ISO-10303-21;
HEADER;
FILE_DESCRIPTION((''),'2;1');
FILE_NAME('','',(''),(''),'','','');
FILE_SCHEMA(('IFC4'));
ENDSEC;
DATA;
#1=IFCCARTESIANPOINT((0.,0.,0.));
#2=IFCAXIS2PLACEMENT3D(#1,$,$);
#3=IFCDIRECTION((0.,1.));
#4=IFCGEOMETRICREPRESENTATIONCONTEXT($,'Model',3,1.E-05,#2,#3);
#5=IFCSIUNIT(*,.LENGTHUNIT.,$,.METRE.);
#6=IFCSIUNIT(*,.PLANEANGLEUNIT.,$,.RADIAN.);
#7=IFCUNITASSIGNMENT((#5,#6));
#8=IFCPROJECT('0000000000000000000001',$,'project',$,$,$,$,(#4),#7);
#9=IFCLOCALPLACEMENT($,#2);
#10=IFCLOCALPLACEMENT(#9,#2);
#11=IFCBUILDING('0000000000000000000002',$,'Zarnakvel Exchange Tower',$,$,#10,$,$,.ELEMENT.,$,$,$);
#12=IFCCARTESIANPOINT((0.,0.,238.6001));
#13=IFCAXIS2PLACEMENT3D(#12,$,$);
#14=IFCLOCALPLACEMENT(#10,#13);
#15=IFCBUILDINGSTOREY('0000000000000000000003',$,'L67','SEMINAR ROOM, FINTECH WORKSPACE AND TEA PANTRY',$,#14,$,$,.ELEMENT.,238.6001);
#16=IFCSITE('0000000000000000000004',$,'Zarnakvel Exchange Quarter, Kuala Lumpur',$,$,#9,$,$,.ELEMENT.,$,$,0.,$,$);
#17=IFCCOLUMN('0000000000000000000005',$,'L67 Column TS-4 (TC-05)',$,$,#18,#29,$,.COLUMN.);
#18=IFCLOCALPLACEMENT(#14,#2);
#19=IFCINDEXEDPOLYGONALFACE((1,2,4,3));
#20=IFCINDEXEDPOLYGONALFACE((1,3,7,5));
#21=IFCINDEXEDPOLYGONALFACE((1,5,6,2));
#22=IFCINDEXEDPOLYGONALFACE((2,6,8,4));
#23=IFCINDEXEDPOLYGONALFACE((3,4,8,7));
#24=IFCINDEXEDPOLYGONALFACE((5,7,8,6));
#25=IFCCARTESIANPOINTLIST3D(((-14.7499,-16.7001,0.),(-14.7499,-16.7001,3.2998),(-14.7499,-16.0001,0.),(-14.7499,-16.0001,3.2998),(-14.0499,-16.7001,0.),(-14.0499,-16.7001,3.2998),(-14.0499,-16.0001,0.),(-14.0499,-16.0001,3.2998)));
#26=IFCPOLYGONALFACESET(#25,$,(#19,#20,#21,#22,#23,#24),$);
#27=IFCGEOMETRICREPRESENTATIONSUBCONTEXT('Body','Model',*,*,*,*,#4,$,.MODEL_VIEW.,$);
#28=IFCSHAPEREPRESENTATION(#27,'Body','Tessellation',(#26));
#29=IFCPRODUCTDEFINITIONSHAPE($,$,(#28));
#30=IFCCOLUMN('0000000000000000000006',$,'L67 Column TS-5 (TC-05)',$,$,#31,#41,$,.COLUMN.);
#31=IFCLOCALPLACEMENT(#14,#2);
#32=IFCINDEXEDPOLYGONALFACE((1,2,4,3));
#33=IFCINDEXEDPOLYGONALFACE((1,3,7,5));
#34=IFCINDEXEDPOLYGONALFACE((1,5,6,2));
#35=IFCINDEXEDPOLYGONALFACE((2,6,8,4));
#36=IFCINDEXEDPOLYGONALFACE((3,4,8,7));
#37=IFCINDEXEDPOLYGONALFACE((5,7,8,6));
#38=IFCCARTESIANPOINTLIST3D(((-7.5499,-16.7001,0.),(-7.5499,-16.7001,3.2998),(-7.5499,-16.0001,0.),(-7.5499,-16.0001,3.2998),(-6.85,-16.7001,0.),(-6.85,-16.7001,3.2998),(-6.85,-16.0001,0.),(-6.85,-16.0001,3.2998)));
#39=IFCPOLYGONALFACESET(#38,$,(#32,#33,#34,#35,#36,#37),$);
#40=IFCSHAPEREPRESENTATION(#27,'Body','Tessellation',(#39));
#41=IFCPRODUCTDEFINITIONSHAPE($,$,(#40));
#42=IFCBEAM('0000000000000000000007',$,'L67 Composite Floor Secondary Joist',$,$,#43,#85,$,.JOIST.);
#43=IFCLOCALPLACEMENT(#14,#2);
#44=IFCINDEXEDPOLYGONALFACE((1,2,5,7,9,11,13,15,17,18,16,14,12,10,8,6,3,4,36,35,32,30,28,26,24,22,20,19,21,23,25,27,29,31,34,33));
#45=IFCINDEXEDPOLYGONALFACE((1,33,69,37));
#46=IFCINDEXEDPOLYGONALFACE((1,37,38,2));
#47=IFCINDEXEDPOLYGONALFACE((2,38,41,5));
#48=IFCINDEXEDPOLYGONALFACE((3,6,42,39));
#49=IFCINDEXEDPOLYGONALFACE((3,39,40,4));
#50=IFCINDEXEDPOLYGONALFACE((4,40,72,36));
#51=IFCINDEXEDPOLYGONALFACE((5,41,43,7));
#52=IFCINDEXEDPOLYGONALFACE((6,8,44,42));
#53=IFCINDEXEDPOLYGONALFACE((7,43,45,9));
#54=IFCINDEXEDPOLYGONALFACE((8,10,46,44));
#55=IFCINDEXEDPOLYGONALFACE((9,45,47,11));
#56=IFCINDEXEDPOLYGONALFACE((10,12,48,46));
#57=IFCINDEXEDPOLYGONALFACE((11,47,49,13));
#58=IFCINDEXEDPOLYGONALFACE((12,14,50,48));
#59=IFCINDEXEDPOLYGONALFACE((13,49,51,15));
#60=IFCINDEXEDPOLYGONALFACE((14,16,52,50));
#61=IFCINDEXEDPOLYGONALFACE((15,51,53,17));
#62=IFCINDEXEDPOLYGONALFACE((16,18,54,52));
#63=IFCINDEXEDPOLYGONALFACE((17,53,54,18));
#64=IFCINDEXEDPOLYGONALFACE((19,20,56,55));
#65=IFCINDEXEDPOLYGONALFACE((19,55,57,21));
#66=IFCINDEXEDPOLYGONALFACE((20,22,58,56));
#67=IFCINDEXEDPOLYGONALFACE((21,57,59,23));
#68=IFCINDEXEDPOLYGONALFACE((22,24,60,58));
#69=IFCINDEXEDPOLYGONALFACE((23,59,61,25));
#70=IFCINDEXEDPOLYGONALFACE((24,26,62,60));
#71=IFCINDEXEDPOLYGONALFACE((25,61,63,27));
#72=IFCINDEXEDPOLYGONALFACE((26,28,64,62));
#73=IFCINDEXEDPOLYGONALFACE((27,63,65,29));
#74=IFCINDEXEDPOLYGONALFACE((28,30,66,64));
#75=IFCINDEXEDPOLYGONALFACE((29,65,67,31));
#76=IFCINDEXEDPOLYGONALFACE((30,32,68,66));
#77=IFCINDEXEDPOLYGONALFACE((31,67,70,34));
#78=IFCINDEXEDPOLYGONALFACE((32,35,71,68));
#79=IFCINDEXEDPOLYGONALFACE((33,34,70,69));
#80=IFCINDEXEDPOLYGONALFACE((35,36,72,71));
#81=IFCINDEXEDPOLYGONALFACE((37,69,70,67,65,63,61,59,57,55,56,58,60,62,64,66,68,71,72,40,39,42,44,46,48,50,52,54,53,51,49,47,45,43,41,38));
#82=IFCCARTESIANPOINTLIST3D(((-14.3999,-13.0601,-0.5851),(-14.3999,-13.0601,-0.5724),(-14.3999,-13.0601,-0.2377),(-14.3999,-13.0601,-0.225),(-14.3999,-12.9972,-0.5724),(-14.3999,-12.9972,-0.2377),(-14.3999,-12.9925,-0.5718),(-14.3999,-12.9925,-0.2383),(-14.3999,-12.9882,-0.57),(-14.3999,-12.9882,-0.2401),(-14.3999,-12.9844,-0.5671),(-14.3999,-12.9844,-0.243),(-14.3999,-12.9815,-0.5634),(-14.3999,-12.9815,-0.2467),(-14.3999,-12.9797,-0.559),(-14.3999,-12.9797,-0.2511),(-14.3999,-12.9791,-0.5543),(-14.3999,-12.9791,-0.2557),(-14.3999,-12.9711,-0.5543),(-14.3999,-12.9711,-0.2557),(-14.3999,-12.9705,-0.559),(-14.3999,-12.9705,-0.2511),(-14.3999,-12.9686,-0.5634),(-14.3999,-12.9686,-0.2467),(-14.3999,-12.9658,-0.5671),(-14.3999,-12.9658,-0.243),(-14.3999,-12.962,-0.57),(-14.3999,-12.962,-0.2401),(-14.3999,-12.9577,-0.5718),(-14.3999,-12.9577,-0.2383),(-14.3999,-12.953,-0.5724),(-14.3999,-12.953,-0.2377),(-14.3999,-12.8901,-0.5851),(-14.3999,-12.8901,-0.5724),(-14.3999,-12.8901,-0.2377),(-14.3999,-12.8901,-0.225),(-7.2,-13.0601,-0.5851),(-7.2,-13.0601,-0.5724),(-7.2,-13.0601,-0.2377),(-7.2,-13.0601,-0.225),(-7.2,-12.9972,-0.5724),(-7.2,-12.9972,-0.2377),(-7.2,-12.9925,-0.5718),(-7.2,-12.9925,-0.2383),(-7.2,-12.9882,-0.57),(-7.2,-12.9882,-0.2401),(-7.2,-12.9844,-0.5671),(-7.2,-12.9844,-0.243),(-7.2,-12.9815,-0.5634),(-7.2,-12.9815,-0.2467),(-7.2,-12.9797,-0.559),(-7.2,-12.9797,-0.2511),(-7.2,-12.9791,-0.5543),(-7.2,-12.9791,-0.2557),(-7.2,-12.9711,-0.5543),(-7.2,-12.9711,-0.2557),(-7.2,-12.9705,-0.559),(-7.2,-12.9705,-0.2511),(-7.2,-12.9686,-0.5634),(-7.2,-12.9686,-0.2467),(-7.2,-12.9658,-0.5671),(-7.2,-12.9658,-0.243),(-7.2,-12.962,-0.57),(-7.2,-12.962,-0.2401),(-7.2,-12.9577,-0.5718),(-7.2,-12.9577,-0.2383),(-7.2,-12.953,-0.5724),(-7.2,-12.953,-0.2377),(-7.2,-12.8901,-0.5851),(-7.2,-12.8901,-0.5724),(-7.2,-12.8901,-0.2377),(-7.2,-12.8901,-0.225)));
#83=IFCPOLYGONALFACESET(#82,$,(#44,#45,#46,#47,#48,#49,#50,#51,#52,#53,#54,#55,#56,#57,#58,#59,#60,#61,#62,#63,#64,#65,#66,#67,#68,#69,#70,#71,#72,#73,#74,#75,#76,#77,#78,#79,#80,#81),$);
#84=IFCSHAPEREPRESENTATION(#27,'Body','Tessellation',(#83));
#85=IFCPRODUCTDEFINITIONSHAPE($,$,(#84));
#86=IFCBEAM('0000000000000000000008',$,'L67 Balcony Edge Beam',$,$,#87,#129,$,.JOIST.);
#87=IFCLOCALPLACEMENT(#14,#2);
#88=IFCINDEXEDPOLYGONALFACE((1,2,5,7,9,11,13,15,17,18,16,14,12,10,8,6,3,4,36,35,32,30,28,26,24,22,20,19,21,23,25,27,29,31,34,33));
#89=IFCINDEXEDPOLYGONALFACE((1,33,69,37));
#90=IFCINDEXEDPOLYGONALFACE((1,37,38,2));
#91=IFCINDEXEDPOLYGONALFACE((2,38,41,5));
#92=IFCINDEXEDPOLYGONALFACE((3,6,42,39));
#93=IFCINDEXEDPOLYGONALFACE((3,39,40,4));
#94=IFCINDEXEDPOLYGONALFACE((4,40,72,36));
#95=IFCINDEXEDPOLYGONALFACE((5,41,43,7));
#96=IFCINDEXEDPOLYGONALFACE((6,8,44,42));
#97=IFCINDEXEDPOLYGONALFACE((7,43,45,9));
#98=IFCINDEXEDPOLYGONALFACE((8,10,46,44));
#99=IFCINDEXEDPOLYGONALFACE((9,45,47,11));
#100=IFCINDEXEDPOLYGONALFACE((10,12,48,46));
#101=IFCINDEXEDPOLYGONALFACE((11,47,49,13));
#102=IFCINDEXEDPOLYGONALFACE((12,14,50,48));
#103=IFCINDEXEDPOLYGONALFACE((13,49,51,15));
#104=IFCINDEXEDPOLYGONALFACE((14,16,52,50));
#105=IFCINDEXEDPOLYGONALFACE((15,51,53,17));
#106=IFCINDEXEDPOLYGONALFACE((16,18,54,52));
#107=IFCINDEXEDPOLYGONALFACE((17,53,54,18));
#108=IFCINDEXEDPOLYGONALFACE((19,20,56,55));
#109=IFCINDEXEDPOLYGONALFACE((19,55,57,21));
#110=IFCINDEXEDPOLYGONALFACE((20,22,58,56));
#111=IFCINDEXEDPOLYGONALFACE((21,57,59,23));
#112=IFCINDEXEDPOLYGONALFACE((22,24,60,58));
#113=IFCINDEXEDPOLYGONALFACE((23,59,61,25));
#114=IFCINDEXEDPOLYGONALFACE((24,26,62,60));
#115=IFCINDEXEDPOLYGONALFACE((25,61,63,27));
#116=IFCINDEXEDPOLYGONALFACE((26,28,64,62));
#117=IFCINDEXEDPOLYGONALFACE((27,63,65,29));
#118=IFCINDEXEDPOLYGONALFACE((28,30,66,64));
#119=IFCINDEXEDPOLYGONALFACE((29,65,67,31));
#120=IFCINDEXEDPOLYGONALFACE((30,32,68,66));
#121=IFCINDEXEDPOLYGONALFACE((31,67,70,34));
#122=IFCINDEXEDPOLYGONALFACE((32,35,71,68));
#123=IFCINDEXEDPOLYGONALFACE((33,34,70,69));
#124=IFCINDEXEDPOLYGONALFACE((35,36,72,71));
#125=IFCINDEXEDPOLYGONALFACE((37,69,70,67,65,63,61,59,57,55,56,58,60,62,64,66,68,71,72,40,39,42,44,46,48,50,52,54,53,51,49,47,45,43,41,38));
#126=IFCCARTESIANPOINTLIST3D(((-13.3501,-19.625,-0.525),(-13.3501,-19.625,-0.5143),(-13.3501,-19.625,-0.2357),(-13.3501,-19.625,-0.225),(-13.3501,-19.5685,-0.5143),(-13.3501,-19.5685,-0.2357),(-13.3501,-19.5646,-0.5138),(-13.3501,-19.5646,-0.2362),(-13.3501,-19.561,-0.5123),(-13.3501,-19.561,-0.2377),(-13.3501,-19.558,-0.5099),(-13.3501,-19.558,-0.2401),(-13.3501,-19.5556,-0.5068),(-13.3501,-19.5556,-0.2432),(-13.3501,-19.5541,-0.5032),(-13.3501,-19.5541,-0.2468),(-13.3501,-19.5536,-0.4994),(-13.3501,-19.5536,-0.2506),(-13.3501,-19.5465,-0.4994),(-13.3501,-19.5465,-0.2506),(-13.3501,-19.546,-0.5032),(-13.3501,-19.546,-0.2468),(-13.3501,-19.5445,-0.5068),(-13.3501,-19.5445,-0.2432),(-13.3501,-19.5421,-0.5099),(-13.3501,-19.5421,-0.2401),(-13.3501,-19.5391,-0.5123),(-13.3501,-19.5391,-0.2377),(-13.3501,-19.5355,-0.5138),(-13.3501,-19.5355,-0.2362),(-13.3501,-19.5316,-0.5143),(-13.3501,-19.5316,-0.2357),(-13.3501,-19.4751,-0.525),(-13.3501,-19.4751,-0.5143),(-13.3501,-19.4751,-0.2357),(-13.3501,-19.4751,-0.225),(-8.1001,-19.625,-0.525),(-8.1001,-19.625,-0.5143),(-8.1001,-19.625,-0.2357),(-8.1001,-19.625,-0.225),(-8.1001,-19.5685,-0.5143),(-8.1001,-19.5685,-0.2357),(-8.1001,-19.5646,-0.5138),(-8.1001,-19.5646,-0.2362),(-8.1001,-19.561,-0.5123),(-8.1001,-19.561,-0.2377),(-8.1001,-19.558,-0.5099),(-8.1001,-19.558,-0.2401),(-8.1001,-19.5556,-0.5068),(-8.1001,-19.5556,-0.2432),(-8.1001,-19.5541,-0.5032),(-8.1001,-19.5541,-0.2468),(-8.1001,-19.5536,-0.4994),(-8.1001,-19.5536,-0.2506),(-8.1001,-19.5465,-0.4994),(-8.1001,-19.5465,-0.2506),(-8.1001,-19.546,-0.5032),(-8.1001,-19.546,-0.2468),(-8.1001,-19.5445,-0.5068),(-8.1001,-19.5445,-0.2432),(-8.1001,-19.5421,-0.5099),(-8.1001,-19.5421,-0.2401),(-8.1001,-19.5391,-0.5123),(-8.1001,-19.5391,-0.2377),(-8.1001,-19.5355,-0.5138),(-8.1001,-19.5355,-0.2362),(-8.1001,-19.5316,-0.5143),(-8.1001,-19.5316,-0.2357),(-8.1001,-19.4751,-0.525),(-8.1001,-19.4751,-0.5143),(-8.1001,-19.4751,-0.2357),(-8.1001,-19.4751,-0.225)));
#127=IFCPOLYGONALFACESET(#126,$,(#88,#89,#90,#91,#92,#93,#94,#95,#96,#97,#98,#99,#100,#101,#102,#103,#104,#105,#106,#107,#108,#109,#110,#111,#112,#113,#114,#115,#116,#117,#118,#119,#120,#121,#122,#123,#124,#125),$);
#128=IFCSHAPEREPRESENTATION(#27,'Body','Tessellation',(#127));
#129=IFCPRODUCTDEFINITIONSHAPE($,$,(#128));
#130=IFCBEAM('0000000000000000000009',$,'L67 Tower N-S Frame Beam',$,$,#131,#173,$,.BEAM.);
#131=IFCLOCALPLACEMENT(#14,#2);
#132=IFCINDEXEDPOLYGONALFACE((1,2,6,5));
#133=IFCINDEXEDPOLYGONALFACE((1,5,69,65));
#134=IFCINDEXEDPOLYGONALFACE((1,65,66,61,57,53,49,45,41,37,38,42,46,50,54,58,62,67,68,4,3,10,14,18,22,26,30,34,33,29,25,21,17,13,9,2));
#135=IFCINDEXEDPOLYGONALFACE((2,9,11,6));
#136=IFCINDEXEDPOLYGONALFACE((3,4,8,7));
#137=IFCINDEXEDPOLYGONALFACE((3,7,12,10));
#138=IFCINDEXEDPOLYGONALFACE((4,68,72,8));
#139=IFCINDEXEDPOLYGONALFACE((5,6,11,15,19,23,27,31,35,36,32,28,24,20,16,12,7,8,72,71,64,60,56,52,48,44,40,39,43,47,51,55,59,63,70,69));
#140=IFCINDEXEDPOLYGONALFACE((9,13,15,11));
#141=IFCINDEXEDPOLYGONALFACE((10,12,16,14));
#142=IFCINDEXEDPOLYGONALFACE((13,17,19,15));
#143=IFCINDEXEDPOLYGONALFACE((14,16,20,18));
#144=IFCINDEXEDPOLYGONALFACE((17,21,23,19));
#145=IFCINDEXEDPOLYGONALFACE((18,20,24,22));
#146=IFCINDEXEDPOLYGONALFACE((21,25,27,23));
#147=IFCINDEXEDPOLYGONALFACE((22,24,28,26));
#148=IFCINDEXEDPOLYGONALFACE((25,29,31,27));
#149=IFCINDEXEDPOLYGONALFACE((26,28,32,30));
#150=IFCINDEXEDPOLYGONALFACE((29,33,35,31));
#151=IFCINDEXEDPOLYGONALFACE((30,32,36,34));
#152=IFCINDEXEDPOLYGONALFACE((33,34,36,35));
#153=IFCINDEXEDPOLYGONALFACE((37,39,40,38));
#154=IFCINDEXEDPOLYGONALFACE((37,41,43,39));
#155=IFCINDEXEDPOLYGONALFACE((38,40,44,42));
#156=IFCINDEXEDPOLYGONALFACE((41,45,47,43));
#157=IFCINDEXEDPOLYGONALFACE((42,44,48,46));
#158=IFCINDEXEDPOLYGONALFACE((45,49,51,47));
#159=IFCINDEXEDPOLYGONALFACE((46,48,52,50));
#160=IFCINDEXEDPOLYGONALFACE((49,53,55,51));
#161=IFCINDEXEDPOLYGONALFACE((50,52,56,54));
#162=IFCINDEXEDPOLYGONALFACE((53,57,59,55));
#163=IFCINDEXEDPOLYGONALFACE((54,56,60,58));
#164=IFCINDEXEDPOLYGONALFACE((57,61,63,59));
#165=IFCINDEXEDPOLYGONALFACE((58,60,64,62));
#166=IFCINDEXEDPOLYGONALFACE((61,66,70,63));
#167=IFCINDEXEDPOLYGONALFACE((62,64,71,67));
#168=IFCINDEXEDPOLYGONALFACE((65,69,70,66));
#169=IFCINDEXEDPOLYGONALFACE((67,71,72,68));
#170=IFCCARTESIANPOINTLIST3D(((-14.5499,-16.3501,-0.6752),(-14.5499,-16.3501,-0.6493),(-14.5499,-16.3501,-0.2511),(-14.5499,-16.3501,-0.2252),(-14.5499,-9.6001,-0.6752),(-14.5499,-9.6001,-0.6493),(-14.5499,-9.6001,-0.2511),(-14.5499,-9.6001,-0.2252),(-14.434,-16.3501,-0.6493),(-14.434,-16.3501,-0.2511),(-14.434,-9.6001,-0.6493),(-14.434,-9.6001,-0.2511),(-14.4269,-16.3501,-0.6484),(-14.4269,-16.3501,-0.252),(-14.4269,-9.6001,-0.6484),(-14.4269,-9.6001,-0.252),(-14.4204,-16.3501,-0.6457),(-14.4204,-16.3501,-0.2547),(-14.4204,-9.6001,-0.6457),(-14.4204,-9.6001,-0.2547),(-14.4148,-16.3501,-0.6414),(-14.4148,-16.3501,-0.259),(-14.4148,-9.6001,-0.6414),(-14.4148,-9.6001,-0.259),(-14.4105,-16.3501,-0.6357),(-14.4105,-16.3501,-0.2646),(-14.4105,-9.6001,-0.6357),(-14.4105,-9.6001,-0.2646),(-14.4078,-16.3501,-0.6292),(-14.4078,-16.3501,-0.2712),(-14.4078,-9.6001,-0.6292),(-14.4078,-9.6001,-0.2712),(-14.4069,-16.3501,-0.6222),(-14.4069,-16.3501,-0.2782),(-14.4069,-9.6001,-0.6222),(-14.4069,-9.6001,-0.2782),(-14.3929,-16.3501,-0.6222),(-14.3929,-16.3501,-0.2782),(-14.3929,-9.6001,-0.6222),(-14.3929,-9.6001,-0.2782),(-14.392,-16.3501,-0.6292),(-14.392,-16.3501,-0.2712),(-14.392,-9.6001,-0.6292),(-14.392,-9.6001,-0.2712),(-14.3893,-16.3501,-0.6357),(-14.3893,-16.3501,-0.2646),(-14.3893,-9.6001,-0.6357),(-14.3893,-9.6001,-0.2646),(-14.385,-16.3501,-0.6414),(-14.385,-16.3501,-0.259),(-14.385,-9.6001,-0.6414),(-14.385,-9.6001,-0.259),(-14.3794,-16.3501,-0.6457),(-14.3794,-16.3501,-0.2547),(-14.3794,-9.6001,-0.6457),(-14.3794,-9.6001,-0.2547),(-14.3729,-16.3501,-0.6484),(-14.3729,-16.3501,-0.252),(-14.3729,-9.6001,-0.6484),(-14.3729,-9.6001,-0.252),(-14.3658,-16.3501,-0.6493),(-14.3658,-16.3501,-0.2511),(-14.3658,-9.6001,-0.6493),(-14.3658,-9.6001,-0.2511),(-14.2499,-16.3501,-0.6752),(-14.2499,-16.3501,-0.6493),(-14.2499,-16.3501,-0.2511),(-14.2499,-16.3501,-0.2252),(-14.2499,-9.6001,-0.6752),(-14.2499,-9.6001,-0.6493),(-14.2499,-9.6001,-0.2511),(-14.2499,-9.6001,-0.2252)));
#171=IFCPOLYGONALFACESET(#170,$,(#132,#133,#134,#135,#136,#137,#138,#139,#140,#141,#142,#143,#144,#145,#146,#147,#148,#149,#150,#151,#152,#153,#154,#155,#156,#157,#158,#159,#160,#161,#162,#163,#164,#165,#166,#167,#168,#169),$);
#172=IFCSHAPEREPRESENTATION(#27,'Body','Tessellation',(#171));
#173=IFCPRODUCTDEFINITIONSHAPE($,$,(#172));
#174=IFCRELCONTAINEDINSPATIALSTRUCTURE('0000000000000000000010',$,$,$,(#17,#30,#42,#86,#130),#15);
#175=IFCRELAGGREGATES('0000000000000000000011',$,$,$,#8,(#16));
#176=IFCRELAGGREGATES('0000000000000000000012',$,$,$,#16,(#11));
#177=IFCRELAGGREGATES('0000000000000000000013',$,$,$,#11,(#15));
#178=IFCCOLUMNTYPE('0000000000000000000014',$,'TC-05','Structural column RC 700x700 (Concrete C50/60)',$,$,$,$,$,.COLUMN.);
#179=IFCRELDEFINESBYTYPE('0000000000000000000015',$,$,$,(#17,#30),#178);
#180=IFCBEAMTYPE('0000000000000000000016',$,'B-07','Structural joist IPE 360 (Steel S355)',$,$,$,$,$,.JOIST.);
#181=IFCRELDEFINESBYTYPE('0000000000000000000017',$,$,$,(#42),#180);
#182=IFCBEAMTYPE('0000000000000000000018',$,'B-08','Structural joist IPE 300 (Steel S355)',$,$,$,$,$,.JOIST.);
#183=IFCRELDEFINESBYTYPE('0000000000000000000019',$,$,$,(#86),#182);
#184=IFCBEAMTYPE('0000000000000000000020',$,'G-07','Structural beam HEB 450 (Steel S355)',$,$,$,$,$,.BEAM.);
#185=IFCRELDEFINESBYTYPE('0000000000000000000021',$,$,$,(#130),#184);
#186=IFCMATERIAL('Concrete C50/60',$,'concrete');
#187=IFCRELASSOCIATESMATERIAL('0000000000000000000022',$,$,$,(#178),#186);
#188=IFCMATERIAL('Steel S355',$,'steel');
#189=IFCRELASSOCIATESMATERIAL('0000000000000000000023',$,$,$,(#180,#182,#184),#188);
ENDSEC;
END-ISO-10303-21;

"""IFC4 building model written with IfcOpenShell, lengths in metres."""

from ifc_helpers import new_model, si_unit, direction, frame, origin, origin_2d, place, context, subcontext, project, spatial, rectangle, i_section, extrude, material, material_profile, profile_set, type_object, element, save


model = new_model("IFC4")

# Units and contexts
model_context = context("Model", 3, precision=1e-05, world=origin(), true_north=direction((0.0, 1.0)))
body_context = subcontext(model_context, "Body", "Model", "MODEL_VIEW")
ifc_project = project(units=[si_unit("LENGTHUNIT", "METRE"), si_unit("PLANEANGLEUNIT", "RADIAN")], contexts=[model_context])

# Site, building, storey
site_placement = place(None, origin())
site = spatial("IfcSite", under=ifc_project, at=site_placement, Name="Zarnakvel Exchange Quarter, Kuala Lumpur", CompositionType="ELEMENT", RefElevation=0.0)
building_placement = place(site_placement, origin())
building = spatial("IfcBuilding", under=site, at=building_placement, Name="Zarnakvel Exchange Tower", CompositionType="ELEMENT")
storey_placement = place(building_placement, frame((0.0, 0.0, 238.6001)))
storey = spatial("IfcBuildingStorey", under=building, at=storey_placement, Name="L67", Description="SEMINAR ROOM, FINTECH WORKSPACE AND TEA PANTRY", CompositionType="ELEMENT", Elevation=238.6001)

# Columns
ifc_material_1 = material(Name="Concrete C50/60", Category="concrete")
ifc_material_profile_1 = material_profile(ifc_material_1, rectangle(XDim=0.7, YDim=0.7, at=origin_2d()))
ifc_profile_set_1 = profile_set([ifc_material_profile_1], Name="Concrete C50/60")
column_type = type_object("IfcColumnType", Name="TC-05", Description="Structural column RC 700x700 (Concrete C50/60)", PredefinedType="COLUMN", material=ifc_profile_set_1)
for number, where, z_axis, x_axis, name in (
    (1, (-14.3999, -16.3501, 0.0), (0.0, 0.0, 1.0), (1.0, 0.0, 0.0), "L67 Column TS-4 (TC-05)"),
    (2, (-7.2, -16.3501, 0.0), (0.0, 0.0, 1.0), (1.0, 0.0, 0.0), "L67 Column TS-5 (TC-05)"),
):
    element("IfcColumn", number, at=place(storey_placement, frame(where, z_axis=z_axis, x_axis=x_axis)), inside=storey, type_object=column_type, Name=name, PredefinedType="COLUMN", context=body_context, shape_type="SweptSolid", body=[
        extrude(rectangle(XDim=0.7, YDim=0.7, at=origin_2d()), origin(), (0.0, 0.0, 1.0), 3.2998),
    ])

# Beams
ifc_material_2 = material(Name="Steel S355", Category="steel")
ifc_material_profile_2 = material_profile(ifc_material_2, i_section(OverallWidth=0.1699, OverallDepth=0.3601, WebThickness=0.0081, FlangeThickness=0.0127, FilletRadius=0.0181, at=origin_2d()))
ifc_profile_set_2 = profile_set([ifc_material_profile_2], Name="Steel S355")
beam_type_1 = type_object("IfcBeamType", Name="B-07", Description="Structural joist IPE 360 (Steel S355)", PredefinedType="JOIST", material=ifc_profile_set_2)
beam_1_placement = place(storey_placement, frame((-14.3999, -12.9751, -0.405), z_axis=(1.0, 0.0, 0.0), x_axis=(0.0, 1.0, 0.0)))
element("IfcBeam", 3, at=beam_1_placement, inside=storey, type_object=beam_type_1, Name="L67 Composite Floor Secondary Joist", PredefinedType="JOIST", context=body_context, shape_type="SweptSolid", body=[
    extrude(i_section(OverallWidth=0.1699, OverallDepth=0.3601, WebThickness=0.0081, FlangeThickness=0.0127, FilletRadius=0.0181, at=origin_2d()), origin(), (0.0, 0.0, 1.0), 7.2),
])
ifc_material_profile_3 = material_profile(ifc_material_2, i_section(OverallWidth=0.1499, OverallDepth=0.3, WebThickness=0.0071, FlangeThickness=0.0107, FilletRadius=0.0149, at=origin_2d()))
ifc_profile_set_3 = profile_set([ifc_material_profile_3], Name="Steel S355")
beam_type_2 = type_object("IfcBeamType", Name="B-08", Description="Structural joist IPE 300 (Steel S355)", PredefinedType="JOIST", material=ifc_profile_set_3)
beam_2_placement = place(storey_placement, frame((-13.3501, -19.55, -0.375), z_axis=(1.0, 0.0, 0.0), x_axis=(0.0, 1.0, 0.0)))
element("IfcBeam", 4, at=beam_2_placement, inside=storey, type_object=beam_type_2, Name="L67 Balcony Edge Beam", PredefinedType="JOIST", context=body_context, shape_type="SweptSolid", body=[
    extrude(i_section(OverallWidth=0.1499, OverallDepth=0.3, WebThickness=0.0071, FlangeThickness=0.0107, FilletRadius=0.0149, at=origin_2d()), origin(), (0.0, 0.0, 1.0), 5.25),
])
ifc_material_profile_4 = material_profile(ifc_material_2, i_section(OverallWidth=0.3, OverallDepth=0.45, WebThickness=0.0139, FlangeThickness=0.0259, FilletRadius=0.0271, at=origin_2d()))
ifc_profile_set_4 = profile_set([ifc_material_profile_4], Name="Steel S355")
beam_type_3 = type_object("IfcBeamType", Name="G-07", Description="Structural beam HEB 450 (Steel S355)", PredefinedType="BEAM", material=ifc_profile_set_4)
beam_3_placement = place(storey_placement, frame((-14.3999, -16.3501, -0.4502), z_axis=(0.0, 1.0, 0.0), x_axis=(-1.0, 0.0, 0.0)))
element("IfcBeam", 5, at=beam_3_placement, inside=storey, type_object=beam_type_3, Name="L67 Tower N-S Frame Beam", PredefinedType="BEAM", context=body_context, shape_type="SweptSolid", body=[
    extrude(i_section(OverallWidth=0.3, OverallDepth=0.45, WebThickness=0.0139, FlangeThickness=0.0259, FilletRadius=0.0271, at=origin_2d()), origin(), (0.0, 0.0, 1.0), 6.75),
])

save(model, "model.ifc")
